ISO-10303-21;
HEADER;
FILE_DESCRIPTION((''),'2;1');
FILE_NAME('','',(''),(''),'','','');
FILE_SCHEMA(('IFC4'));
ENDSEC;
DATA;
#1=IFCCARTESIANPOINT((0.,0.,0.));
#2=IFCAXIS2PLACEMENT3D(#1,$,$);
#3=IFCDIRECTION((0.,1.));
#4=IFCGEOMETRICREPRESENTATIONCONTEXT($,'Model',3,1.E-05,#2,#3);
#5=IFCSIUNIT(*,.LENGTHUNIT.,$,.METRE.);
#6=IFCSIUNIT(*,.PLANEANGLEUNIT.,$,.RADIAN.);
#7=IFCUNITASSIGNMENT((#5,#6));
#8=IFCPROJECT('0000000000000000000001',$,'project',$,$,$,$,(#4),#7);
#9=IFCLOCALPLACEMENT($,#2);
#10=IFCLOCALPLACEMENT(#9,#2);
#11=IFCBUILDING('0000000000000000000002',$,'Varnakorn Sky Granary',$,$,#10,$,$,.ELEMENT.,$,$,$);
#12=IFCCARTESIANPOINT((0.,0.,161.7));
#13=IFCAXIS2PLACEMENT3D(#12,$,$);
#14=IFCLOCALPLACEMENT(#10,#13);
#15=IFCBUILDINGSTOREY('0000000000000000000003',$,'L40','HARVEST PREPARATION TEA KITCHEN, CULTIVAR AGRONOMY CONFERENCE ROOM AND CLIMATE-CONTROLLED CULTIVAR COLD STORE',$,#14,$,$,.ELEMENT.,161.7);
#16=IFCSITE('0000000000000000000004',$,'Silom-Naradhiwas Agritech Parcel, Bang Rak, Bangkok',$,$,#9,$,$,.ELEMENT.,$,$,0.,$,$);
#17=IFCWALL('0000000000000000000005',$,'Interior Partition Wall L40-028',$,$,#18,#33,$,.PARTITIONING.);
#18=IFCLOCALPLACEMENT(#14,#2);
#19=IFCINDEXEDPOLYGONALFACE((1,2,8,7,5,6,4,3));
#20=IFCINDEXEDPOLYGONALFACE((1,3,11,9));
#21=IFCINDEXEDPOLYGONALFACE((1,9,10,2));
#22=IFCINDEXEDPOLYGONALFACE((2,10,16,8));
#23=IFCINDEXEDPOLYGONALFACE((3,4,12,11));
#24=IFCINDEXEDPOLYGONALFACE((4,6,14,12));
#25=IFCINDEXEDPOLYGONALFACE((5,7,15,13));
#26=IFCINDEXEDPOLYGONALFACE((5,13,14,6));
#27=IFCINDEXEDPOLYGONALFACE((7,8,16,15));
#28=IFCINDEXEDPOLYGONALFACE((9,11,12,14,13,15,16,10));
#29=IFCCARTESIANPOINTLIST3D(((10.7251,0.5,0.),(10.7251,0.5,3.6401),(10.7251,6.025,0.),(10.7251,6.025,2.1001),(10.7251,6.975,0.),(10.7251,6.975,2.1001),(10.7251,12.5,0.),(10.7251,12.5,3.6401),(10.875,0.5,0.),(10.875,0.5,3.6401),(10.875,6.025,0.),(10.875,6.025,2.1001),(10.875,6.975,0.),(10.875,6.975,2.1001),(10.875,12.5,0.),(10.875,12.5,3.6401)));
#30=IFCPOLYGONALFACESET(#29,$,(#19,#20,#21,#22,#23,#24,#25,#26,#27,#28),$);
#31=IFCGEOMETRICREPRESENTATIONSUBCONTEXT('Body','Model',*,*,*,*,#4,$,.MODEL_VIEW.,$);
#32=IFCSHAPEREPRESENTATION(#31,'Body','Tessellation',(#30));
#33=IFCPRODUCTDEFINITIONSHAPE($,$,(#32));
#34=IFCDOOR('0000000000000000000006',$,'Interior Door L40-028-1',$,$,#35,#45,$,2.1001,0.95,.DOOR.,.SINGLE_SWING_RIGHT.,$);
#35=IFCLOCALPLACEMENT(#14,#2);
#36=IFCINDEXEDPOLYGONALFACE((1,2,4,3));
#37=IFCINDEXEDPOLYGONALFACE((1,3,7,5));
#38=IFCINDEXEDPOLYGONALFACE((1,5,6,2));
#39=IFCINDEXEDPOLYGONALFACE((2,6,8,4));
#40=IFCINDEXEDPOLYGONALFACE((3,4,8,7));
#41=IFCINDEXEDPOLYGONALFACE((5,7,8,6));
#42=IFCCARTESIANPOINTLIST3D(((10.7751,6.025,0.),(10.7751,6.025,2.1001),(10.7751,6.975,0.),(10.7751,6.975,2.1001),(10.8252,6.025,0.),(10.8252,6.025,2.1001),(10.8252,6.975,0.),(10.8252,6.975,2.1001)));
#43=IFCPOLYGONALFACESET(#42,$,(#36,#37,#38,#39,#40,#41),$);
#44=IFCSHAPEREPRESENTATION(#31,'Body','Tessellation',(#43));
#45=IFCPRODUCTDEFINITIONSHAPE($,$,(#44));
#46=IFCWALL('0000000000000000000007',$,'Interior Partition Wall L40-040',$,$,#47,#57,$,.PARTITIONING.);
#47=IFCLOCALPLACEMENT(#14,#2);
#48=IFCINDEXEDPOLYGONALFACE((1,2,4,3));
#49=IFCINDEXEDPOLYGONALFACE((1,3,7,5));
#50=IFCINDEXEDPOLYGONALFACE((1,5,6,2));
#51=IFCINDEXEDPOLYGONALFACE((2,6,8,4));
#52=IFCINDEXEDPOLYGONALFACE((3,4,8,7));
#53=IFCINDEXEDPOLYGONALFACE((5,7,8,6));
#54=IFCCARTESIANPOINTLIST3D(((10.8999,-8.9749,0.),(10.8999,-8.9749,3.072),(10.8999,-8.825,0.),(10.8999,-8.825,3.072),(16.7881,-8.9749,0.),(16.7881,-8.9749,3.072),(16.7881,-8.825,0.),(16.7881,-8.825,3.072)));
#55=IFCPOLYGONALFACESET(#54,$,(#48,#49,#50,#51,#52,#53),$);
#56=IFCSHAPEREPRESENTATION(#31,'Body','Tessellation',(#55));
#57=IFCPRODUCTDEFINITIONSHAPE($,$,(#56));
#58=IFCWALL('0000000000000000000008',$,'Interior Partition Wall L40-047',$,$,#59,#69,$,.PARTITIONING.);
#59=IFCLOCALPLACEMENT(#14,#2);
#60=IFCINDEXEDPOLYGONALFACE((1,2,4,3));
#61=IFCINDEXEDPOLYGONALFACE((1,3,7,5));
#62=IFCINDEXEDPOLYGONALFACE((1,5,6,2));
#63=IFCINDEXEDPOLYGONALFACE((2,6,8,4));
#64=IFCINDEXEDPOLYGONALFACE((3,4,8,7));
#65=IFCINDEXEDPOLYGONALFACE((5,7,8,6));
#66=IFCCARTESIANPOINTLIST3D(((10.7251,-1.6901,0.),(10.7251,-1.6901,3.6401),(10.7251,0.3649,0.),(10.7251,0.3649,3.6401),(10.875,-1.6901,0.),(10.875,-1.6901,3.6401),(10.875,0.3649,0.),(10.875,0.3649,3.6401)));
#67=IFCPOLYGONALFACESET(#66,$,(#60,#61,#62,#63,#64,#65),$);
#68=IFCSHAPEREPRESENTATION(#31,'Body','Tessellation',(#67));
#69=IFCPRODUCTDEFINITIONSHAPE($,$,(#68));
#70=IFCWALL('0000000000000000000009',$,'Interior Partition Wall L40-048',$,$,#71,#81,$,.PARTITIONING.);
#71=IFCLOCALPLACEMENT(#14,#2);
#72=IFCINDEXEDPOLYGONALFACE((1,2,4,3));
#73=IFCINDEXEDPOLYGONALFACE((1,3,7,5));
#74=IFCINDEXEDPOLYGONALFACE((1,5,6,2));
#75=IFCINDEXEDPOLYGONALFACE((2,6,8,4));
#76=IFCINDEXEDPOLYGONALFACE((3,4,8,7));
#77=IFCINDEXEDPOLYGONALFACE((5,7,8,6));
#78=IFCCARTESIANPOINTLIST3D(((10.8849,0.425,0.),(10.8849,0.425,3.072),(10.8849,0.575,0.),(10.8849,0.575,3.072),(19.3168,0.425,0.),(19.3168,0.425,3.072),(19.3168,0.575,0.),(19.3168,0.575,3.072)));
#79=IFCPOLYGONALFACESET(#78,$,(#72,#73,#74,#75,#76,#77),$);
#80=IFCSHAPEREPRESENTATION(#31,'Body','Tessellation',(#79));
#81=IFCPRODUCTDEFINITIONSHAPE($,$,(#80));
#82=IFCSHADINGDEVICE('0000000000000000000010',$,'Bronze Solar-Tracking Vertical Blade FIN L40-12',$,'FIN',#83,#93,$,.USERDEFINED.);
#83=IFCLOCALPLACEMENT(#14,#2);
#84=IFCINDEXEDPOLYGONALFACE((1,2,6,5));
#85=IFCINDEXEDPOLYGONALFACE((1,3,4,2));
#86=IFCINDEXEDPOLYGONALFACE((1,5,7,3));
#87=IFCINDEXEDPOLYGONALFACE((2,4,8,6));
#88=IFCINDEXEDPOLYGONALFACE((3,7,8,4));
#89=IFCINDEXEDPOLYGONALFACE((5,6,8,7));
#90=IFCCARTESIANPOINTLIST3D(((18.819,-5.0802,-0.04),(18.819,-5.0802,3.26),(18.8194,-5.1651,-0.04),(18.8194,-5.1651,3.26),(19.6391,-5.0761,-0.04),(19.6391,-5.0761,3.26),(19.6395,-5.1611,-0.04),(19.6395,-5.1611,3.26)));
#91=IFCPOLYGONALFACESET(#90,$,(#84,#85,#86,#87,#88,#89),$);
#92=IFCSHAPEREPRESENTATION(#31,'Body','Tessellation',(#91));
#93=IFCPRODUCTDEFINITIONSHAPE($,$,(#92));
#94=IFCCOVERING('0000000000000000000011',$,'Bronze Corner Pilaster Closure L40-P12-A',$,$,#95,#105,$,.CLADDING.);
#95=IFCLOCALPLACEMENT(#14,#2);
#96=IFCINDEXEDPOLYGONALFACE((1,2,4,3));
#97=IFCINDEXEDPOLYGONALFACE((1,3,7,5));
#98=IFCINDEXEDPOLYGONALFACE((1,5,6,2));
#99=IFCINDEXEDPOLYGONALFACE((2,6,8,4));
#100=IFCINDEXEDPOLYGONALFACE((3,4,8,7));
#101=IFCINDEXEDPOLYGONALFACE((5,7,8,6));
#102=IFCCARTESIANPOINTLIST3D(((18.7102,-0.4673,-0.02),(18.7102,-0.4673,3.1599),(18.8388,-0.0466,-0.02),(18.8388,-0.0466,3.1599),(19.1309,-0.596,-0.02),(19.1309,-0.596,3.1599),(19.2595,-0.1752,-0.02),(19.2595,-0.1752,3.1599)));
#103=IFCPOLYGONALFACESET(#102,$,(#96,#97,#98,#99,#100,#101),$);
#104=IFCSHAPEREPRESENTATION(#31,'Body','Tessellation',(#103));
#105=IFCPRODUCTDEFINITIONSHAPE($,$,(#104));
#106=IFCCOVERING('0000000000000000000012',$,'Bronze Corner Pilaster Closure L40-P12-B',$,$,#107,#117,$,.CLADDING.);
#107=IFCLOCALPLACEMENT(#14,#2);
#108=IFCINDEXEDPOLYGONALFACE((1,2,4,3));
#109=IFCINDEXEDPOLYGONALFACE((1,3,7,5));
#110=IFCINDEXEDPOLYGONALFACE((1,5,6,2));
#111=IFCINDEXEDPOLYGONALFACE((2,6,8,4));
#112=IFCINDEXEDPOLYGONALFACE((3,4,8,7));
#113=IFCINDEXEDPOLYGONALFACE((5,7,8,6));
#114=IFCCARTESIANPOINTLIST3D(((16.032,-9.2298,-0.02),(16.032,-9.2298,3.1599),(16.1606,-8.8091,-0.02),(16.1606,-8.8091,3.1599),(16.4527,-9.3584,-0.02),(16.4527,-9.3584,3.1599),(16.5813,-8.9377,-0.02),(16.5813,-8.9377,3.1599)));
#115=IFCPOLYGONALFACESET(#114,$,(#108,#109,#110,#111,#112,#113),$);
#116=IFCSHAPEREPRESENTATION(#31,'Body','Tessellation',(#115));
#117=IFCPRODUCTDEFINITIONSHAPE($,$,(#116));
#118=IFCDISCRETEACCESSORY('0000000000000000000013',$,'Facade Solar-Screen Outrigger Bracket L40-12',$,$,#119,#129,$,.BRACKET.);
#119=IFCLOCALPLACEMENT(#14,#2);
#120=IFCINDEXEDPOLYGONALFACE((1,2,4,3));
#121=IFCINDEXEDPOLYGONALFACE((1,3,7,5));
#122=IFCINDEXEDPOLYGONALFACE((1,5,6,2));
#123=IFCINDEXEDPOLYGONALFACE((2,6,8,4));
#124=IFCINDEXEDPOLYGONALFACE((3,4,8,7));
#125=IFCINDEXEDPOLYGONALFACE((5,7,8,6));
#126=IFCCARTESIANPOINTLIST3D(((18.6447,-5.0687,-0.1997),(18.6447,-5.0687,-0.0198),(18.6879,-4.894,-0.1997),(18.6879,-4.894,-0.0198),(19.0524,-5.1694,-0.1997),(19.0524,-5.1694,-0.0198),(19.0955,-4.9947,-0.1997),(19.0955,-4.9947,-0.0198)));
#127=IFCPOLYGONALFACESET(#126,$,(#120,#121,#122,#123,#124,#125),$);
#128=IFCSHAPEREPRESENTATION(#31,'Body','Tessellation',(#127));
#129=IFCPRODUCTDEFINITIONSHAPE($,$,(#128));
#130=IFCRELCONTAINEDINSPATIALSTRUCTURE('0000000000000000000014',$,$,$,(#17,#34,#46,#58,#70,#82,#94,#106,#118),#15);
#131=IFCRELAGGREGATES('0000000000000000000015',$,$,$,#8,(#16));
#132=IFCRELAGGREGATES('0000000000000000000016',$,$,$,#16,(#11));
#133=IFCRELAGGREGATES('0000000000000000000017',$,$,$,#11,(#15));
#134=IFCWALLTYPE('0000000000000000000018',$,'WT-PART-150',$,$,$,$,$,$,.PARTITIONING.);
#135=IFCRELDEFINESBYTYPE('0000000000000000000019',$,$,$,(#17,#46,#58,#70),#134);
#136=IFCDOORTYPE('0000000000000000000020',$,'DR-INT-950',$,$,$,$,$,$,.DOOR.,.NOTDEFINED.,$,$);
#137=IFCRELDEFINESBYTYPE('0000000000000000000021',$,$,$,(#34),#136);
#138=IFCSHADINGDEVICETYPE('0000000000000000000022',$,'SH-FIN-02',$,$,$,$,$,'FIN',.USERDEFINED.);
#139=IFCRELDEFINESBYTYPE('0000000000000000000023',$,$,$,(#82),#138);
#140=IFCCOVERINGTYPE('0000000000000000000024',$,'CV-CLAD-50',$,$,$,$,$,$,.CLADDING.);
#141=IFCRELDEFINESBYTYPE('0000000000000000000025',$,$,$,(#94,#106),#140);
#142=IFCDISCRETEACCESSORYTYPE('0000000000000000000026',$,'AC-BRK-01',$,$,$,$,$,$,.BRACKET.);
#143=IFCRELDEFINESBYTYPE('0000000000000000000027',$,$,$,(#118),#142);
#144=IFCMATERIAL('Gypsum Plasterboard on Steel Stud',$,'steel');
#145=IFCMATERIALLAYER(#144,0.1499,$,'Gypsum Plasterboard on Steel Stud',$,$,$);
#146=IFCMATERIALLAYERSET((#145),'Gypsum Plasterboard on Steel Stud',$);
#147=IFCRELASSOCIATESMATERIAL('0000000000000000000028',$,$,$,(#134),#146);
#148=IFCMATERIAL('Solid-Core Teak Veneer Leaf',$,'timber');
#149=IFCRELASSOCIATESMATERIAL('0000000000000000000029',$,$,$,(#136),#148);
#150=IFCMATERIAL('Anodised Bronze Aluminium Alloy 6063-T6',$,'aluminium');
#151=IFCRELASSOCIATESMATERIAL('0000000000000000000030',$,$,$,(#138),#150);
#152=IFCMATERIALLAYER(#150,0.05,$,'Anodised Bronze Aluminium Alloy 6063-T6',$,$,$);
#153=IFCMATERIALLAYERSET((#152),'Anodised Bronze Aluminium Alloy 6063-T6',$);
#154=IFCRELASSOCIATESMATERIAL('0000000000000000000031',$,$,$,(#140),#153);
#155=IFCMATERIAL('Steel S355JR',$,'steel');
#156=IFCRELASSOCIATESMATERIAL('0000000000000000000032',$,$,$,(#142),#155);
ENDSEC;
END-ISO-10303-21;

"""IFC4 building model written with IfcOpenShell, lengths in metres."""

from ifc_helpers import new_model, si_unit, direction, frame, frame_2d, origin, origin_2d, place, context, subcontext, project, spatial, rectangle, extrude, source, transform, mapped, material, layer, layer_set, type_object, type_shapes, element, fill, save


model = new_model("IFC4")

# Units and contexts
model_context = context("Model", 3, precision=1e-05, world=origin(), true_north=direction((0.0, 1.0)))
body_context = subcontext(model_context, "Body", "Model", "MODEL_VIEW")
ifc_project = project(units=[si_unit("LENGTHUNIT", "METRE"), si_unit("PLANEANGLEUNIT", "RADIAN")], contexts=[model_context])

# Site, building, storey
site_placement = place(None, origin())
site = spatial("IfcSite", under=ifc_project, at=site_placement, Name="Silom-Naradhiwas Agritech Parcel, Bang Rak, Bangkok", CompositionType="ELEMENT", RefElevation=0.0)
building_placement = place(site_placement, origin())
building = spatial("IfcBuilding", under=site, at=building_placement, Name="Varnakorn Sky Granary", CompositionType="ELEMENT")
storey_placement = place(building_placement, frame((0.0, 0.0, 161.7)))
storey = spatial("IfcBuildingStorey", under=building, at=storey_placement, Name="L40", Description="HARVEST PREPARATION TEA KITCHEN, CULTIVAR AGRONOMY CONFERENCE ROOM AND CLIMATE-CONTROLLED CULTIVAR COLD STORE", CompositionType="ELEMENT", Elevation=161.7)

# Shared definitions
ifc_material_1 = material(Name="Steel S355JR", Category="steel")

# Shared definitions
ifc_material_2 = material(Name="Anodised Bronze Aluminium Alloy 6063-T6", Category="aluminium")

# Wall, opening, door
ifc_material_3 = material(Name="Gypsum Plasterboard on Steel Stud", Category="steel")
ifc_layer_1 = layer(ifc_material_3, 0.1499, Name="Gypsum Plasterboard on Steel Stud")
ifc_layer_set_1 = layer_set([ifc_layer_1], Name="Gypsum Plasterboard on Steel Stud")
wall_type_1 = type_object("IfcWallType", Name="WT-PART-150", PredefinedType="PARTITIONING", material=ifc_layer_set_1)
wall_1_placement = place(storey_placement, frame((10.8, 0.5, 0.0), z_axis=(0.0, 0.0, 1.0), x_axis=(0.0, 1.0, 0.0)))
wall_1 = element("IfcWall", 1, at=wall_1_placement, inside=storey, type_object=wall_type_1, Name="Interior Partition Wall L40-028", PredefinedType="PARTITIONING", context=body_context, shape_type="SweptSolid", body=[
    extrude(rectangle(XDim=12.0, YDim=0.1499, at=frame_2d((6.0, 0.0))), origin(), (0.0, 0.0, 1.0), 3.6401),
])
opening_placement = place(wall_1_placement, frame((5.5249, 0.0, 0.0)))
opening = element("IfcOpeningElement", 2, at=opening_placement, cuts=wall_1, PredefinedType="OPENING", context=body_context, shape_type="SweptSolid", body=[
    extrude(rectangle(XDim=0.95, YDim=2.1001, at=frame_2d((0.4751, 1.05))), frame((0.0, 0.085, 0.0), z_axis=(0.0, -1.0, 0.0), x_axis=(1.0, 0.0, 0.0)), (0.0, 0.0, 1.0), 0.1699),
])
ifc_material_4 = material(Name="Solid-Core Teak Veneer Leaf", Category="timber")
door_type = type_object("IfcDoorType", Name="DR-INT-950", OperationType="NOTDEFINED", PredefinedType="DOOR", material=ifc_material_4)
door_placement = place(opening_placement, origin())
door = element("IfcDoor", 3, at=door_placement, inside=storey, type_object=door_type, Name="Interior Door L40-028-1", OperationType="SINGLE_SWING_RIGHT", OverallHeight=2.1001, OverallWidth=0.95, PredefinedType="DOOR", context=body_context, shape_type="SweptSolid", body=[
    extrude(rectangle(XDim=0.95, YDim=2.1001, at=frame_2d((0.4751, 1.05))), frame((0.0, 0.0249, 0.0), z_axis=(0.0, -1.0, 0.0), x_axis=(1.0, 0.0, 0.0)), (0.0, 0.0, 1.0), 0.05),
])
fill(opening, door)

# Walls
wall_2_placement = place(storey_placement, frame((10.8999, -8.8999, 0.0), z_axis=(0.0, 0.0, 1.0), x_axis=(1.0, 0.0, 0.0)))
element("IfcWall", 4, at=wall_2_placement, inside=storey, type_object=wall_type_1, Name="Interior Partition Wall L40-040", PredefinedType="PARTITIONING", context=body_context, shape_type="SweptSolid", body=[
    extrude(rectangle(XDim=5.8882, YDim=0.1499, at=frame_2d((2.9441, 0.0))), origin(), (0.0, 0.0, 1.0), 3.072),
])
wall_3_placement = place(storey_placement, frame((10.8, -1.6899, 0.0), z_axis=(0.0, 0.0, 1.0), x_axis=(0.0, 1.0, 0.0)))
element("IfcWall", 5, at=wall_3_placement, inside=storey, type_object=wall_type_1, Name="Interior Partition Wall L40-047", PredefinedType="PARTITIONING", context=body_context, shape_type="SweptSolid", body=[
    extrude(rectangle(XDim=2.0549, YDim=0.1499, at=frame_2d((1.0273, 0.0))), origin(), (0.0, 0.0, 1.0), 3.6401),
])
wall_4_placement = place(storey_placement, frame((10.885, 0.5, 0.0), z_axis=(0.0, 0.0, 1.0), x_axis=(1.0, 0.0, 0.0)))
element("IfcWall", 6, at=wall_4_placement, inside=storey, type_object=wall_type_1, Name="Interior Partition Wall L40-048", PredefinedType="PARTITIONING", context=body_context, shape_type="SweptSolid", body=[
    extrude(rectangle(XDim=8.4319, YDim=0.1499, at=frame_2d((4.2158, 0.0))), origin(), (0.0, 0.0, 1.0), 3.072),
])

# Shading device
shading_device_type = type_object("IfcShadingDeviceType", Name="SH-FIN-02", ElementType="FIN", PredefinedType="USERDEFINED", material=ifc_material_2)
shared_shape_1 = source(origin(), body_context, "Body", "SweptSolid", [
    extrude(rectangle(XDim=0.085, YDim=0.8201, at=origin_2d()), origin(), (0.0, 0.0, 1.0), 3.3),
])
type_shapes(shading_device_type, [shared_shape_1])
shading_device_placement = place(storey_placement, frame((19.2292, -5.1206, -0.04), z_axis=(0.0, 0.0, 1.0), x_axis=(-0.004962, 0.999988, 0.0)))
element("IfcShadingDevice", 7, at=shading_device_placement, inside=storey, type_object=shading_device_type, Name="Bronze Solar-Tracking Vertical Blade FIN L40-12", ObjectType="FIN", PredefinedType="USERDEFINED", context=body_context, shape_type="MappedRepresentation", body=[
    mapped(shared_shape_1, transform((0.0, 0.0, 0.0), x_axis=(1.0, 0.0, 0.0), y_axis=(0.0, 1.0, 0.0), z_axis=(0.0, 0.0, 1.0), scale=1.0)),
])

# Coverings
ifc_layer_2 = layer(ifc_material_2, 0.05, Name="Anodised Bronze Aluminium Alloy 6063-T6")
ifc_layer_set_2 = layer_set([ifc_layer_2], Name="Anodised Bronze Aluminium Alloy 6063-T6")
covering_type = type_object("IfcCoveringType", Name="CV-CLAD-50", PredefinedType="CLADDING", material=ifc_layer_set_2)
shared_shape_2 = source(origin(), body_context, "Body", "SweptSolid", [
    extrude(rectangle(XDim=0.4399, YDim=0.4399, at=origin_2d()), origin(), (0.0, 0.0, 1.0), 3.1799),
])
type_shapes(covering_type, [shared_shape_2])
for number, where, z_axis, x_axis, name in (
    (8, (18.9849, -0.3213, -0.02), (0.0, 0.0, 1.0), (-0.292372, -0.956305, 0.0), "Bronze Corner Pilaster Closure L40-P12-A"),
    (9, (16.3066, -9.0837, -0.02), (0.0, 0.0, 1.0), (-0.292372, -0.956305, 0.0), "Bronze Corner Pilaster Closure L40-P12-B"),
):
    element("IfcCovering", number, at=place(storey_placement, frame(where, z_axis=z_axis, x_axis=x_axis)), inside=storey, type_object=covering_type, Name=name, PredefinedType="CLADDING", context=body_context, shape_type="MappedRepresentation", body=[
        mapped(shared_shape_2, transform((0.0, 0.0, 0.0), x_axis=(1.0, 0.0, 0.0), y_axis=(0.0, 1.0, 0.0), z_axis=(0.0, 0.0, 1.0), scale=1.0)),
    ])

# Discrete accessory
discrete_accessory_type = type_object("IfcDiscreteAccessoryType", Name="AC-BRK-01", PredefinedType="BRACKET", material=ifc_material_1)
shared_shape_3 = source(origin(), body_context, "Body", "SweptSolid", [
    extrude(rectangle(XDim=0.1799, YDim=0.4199, at=origin_2d()), origin(), (0.0, 0.0, 1.0), 0.1799),
])
type_shapes(discrete_accessory_type, [shared_shape_3])
discrete_accessory_placement = place(storey_placement, frame((18.8701, -5.0317, -0.1997), z_axis=(0.0, 0.0, 1.0), x_axis=(0.239811, 0.97082, 0.0)))
element("IfcDiscreteAccessory", 10, at=discrete_accessory_placement, inside=storey, type_object=discrete_accessory_type, Name="Facade Solar-Screen Outrigger Bracket L40-12", PredefinedType="BRACKET", context=body_context, shape_type="MappedRepresentation", body=[
    mapped(shared_shape_3, transform((0.0, 0.0, 0.0), x_axis=(1.0, 0.0, 0.0), y_axis=(0.0, 1.0, 0.0), z_axis=(0.0, 0.0, 1.0), scale=1.0)),
])

save(model, "model.ifc")
